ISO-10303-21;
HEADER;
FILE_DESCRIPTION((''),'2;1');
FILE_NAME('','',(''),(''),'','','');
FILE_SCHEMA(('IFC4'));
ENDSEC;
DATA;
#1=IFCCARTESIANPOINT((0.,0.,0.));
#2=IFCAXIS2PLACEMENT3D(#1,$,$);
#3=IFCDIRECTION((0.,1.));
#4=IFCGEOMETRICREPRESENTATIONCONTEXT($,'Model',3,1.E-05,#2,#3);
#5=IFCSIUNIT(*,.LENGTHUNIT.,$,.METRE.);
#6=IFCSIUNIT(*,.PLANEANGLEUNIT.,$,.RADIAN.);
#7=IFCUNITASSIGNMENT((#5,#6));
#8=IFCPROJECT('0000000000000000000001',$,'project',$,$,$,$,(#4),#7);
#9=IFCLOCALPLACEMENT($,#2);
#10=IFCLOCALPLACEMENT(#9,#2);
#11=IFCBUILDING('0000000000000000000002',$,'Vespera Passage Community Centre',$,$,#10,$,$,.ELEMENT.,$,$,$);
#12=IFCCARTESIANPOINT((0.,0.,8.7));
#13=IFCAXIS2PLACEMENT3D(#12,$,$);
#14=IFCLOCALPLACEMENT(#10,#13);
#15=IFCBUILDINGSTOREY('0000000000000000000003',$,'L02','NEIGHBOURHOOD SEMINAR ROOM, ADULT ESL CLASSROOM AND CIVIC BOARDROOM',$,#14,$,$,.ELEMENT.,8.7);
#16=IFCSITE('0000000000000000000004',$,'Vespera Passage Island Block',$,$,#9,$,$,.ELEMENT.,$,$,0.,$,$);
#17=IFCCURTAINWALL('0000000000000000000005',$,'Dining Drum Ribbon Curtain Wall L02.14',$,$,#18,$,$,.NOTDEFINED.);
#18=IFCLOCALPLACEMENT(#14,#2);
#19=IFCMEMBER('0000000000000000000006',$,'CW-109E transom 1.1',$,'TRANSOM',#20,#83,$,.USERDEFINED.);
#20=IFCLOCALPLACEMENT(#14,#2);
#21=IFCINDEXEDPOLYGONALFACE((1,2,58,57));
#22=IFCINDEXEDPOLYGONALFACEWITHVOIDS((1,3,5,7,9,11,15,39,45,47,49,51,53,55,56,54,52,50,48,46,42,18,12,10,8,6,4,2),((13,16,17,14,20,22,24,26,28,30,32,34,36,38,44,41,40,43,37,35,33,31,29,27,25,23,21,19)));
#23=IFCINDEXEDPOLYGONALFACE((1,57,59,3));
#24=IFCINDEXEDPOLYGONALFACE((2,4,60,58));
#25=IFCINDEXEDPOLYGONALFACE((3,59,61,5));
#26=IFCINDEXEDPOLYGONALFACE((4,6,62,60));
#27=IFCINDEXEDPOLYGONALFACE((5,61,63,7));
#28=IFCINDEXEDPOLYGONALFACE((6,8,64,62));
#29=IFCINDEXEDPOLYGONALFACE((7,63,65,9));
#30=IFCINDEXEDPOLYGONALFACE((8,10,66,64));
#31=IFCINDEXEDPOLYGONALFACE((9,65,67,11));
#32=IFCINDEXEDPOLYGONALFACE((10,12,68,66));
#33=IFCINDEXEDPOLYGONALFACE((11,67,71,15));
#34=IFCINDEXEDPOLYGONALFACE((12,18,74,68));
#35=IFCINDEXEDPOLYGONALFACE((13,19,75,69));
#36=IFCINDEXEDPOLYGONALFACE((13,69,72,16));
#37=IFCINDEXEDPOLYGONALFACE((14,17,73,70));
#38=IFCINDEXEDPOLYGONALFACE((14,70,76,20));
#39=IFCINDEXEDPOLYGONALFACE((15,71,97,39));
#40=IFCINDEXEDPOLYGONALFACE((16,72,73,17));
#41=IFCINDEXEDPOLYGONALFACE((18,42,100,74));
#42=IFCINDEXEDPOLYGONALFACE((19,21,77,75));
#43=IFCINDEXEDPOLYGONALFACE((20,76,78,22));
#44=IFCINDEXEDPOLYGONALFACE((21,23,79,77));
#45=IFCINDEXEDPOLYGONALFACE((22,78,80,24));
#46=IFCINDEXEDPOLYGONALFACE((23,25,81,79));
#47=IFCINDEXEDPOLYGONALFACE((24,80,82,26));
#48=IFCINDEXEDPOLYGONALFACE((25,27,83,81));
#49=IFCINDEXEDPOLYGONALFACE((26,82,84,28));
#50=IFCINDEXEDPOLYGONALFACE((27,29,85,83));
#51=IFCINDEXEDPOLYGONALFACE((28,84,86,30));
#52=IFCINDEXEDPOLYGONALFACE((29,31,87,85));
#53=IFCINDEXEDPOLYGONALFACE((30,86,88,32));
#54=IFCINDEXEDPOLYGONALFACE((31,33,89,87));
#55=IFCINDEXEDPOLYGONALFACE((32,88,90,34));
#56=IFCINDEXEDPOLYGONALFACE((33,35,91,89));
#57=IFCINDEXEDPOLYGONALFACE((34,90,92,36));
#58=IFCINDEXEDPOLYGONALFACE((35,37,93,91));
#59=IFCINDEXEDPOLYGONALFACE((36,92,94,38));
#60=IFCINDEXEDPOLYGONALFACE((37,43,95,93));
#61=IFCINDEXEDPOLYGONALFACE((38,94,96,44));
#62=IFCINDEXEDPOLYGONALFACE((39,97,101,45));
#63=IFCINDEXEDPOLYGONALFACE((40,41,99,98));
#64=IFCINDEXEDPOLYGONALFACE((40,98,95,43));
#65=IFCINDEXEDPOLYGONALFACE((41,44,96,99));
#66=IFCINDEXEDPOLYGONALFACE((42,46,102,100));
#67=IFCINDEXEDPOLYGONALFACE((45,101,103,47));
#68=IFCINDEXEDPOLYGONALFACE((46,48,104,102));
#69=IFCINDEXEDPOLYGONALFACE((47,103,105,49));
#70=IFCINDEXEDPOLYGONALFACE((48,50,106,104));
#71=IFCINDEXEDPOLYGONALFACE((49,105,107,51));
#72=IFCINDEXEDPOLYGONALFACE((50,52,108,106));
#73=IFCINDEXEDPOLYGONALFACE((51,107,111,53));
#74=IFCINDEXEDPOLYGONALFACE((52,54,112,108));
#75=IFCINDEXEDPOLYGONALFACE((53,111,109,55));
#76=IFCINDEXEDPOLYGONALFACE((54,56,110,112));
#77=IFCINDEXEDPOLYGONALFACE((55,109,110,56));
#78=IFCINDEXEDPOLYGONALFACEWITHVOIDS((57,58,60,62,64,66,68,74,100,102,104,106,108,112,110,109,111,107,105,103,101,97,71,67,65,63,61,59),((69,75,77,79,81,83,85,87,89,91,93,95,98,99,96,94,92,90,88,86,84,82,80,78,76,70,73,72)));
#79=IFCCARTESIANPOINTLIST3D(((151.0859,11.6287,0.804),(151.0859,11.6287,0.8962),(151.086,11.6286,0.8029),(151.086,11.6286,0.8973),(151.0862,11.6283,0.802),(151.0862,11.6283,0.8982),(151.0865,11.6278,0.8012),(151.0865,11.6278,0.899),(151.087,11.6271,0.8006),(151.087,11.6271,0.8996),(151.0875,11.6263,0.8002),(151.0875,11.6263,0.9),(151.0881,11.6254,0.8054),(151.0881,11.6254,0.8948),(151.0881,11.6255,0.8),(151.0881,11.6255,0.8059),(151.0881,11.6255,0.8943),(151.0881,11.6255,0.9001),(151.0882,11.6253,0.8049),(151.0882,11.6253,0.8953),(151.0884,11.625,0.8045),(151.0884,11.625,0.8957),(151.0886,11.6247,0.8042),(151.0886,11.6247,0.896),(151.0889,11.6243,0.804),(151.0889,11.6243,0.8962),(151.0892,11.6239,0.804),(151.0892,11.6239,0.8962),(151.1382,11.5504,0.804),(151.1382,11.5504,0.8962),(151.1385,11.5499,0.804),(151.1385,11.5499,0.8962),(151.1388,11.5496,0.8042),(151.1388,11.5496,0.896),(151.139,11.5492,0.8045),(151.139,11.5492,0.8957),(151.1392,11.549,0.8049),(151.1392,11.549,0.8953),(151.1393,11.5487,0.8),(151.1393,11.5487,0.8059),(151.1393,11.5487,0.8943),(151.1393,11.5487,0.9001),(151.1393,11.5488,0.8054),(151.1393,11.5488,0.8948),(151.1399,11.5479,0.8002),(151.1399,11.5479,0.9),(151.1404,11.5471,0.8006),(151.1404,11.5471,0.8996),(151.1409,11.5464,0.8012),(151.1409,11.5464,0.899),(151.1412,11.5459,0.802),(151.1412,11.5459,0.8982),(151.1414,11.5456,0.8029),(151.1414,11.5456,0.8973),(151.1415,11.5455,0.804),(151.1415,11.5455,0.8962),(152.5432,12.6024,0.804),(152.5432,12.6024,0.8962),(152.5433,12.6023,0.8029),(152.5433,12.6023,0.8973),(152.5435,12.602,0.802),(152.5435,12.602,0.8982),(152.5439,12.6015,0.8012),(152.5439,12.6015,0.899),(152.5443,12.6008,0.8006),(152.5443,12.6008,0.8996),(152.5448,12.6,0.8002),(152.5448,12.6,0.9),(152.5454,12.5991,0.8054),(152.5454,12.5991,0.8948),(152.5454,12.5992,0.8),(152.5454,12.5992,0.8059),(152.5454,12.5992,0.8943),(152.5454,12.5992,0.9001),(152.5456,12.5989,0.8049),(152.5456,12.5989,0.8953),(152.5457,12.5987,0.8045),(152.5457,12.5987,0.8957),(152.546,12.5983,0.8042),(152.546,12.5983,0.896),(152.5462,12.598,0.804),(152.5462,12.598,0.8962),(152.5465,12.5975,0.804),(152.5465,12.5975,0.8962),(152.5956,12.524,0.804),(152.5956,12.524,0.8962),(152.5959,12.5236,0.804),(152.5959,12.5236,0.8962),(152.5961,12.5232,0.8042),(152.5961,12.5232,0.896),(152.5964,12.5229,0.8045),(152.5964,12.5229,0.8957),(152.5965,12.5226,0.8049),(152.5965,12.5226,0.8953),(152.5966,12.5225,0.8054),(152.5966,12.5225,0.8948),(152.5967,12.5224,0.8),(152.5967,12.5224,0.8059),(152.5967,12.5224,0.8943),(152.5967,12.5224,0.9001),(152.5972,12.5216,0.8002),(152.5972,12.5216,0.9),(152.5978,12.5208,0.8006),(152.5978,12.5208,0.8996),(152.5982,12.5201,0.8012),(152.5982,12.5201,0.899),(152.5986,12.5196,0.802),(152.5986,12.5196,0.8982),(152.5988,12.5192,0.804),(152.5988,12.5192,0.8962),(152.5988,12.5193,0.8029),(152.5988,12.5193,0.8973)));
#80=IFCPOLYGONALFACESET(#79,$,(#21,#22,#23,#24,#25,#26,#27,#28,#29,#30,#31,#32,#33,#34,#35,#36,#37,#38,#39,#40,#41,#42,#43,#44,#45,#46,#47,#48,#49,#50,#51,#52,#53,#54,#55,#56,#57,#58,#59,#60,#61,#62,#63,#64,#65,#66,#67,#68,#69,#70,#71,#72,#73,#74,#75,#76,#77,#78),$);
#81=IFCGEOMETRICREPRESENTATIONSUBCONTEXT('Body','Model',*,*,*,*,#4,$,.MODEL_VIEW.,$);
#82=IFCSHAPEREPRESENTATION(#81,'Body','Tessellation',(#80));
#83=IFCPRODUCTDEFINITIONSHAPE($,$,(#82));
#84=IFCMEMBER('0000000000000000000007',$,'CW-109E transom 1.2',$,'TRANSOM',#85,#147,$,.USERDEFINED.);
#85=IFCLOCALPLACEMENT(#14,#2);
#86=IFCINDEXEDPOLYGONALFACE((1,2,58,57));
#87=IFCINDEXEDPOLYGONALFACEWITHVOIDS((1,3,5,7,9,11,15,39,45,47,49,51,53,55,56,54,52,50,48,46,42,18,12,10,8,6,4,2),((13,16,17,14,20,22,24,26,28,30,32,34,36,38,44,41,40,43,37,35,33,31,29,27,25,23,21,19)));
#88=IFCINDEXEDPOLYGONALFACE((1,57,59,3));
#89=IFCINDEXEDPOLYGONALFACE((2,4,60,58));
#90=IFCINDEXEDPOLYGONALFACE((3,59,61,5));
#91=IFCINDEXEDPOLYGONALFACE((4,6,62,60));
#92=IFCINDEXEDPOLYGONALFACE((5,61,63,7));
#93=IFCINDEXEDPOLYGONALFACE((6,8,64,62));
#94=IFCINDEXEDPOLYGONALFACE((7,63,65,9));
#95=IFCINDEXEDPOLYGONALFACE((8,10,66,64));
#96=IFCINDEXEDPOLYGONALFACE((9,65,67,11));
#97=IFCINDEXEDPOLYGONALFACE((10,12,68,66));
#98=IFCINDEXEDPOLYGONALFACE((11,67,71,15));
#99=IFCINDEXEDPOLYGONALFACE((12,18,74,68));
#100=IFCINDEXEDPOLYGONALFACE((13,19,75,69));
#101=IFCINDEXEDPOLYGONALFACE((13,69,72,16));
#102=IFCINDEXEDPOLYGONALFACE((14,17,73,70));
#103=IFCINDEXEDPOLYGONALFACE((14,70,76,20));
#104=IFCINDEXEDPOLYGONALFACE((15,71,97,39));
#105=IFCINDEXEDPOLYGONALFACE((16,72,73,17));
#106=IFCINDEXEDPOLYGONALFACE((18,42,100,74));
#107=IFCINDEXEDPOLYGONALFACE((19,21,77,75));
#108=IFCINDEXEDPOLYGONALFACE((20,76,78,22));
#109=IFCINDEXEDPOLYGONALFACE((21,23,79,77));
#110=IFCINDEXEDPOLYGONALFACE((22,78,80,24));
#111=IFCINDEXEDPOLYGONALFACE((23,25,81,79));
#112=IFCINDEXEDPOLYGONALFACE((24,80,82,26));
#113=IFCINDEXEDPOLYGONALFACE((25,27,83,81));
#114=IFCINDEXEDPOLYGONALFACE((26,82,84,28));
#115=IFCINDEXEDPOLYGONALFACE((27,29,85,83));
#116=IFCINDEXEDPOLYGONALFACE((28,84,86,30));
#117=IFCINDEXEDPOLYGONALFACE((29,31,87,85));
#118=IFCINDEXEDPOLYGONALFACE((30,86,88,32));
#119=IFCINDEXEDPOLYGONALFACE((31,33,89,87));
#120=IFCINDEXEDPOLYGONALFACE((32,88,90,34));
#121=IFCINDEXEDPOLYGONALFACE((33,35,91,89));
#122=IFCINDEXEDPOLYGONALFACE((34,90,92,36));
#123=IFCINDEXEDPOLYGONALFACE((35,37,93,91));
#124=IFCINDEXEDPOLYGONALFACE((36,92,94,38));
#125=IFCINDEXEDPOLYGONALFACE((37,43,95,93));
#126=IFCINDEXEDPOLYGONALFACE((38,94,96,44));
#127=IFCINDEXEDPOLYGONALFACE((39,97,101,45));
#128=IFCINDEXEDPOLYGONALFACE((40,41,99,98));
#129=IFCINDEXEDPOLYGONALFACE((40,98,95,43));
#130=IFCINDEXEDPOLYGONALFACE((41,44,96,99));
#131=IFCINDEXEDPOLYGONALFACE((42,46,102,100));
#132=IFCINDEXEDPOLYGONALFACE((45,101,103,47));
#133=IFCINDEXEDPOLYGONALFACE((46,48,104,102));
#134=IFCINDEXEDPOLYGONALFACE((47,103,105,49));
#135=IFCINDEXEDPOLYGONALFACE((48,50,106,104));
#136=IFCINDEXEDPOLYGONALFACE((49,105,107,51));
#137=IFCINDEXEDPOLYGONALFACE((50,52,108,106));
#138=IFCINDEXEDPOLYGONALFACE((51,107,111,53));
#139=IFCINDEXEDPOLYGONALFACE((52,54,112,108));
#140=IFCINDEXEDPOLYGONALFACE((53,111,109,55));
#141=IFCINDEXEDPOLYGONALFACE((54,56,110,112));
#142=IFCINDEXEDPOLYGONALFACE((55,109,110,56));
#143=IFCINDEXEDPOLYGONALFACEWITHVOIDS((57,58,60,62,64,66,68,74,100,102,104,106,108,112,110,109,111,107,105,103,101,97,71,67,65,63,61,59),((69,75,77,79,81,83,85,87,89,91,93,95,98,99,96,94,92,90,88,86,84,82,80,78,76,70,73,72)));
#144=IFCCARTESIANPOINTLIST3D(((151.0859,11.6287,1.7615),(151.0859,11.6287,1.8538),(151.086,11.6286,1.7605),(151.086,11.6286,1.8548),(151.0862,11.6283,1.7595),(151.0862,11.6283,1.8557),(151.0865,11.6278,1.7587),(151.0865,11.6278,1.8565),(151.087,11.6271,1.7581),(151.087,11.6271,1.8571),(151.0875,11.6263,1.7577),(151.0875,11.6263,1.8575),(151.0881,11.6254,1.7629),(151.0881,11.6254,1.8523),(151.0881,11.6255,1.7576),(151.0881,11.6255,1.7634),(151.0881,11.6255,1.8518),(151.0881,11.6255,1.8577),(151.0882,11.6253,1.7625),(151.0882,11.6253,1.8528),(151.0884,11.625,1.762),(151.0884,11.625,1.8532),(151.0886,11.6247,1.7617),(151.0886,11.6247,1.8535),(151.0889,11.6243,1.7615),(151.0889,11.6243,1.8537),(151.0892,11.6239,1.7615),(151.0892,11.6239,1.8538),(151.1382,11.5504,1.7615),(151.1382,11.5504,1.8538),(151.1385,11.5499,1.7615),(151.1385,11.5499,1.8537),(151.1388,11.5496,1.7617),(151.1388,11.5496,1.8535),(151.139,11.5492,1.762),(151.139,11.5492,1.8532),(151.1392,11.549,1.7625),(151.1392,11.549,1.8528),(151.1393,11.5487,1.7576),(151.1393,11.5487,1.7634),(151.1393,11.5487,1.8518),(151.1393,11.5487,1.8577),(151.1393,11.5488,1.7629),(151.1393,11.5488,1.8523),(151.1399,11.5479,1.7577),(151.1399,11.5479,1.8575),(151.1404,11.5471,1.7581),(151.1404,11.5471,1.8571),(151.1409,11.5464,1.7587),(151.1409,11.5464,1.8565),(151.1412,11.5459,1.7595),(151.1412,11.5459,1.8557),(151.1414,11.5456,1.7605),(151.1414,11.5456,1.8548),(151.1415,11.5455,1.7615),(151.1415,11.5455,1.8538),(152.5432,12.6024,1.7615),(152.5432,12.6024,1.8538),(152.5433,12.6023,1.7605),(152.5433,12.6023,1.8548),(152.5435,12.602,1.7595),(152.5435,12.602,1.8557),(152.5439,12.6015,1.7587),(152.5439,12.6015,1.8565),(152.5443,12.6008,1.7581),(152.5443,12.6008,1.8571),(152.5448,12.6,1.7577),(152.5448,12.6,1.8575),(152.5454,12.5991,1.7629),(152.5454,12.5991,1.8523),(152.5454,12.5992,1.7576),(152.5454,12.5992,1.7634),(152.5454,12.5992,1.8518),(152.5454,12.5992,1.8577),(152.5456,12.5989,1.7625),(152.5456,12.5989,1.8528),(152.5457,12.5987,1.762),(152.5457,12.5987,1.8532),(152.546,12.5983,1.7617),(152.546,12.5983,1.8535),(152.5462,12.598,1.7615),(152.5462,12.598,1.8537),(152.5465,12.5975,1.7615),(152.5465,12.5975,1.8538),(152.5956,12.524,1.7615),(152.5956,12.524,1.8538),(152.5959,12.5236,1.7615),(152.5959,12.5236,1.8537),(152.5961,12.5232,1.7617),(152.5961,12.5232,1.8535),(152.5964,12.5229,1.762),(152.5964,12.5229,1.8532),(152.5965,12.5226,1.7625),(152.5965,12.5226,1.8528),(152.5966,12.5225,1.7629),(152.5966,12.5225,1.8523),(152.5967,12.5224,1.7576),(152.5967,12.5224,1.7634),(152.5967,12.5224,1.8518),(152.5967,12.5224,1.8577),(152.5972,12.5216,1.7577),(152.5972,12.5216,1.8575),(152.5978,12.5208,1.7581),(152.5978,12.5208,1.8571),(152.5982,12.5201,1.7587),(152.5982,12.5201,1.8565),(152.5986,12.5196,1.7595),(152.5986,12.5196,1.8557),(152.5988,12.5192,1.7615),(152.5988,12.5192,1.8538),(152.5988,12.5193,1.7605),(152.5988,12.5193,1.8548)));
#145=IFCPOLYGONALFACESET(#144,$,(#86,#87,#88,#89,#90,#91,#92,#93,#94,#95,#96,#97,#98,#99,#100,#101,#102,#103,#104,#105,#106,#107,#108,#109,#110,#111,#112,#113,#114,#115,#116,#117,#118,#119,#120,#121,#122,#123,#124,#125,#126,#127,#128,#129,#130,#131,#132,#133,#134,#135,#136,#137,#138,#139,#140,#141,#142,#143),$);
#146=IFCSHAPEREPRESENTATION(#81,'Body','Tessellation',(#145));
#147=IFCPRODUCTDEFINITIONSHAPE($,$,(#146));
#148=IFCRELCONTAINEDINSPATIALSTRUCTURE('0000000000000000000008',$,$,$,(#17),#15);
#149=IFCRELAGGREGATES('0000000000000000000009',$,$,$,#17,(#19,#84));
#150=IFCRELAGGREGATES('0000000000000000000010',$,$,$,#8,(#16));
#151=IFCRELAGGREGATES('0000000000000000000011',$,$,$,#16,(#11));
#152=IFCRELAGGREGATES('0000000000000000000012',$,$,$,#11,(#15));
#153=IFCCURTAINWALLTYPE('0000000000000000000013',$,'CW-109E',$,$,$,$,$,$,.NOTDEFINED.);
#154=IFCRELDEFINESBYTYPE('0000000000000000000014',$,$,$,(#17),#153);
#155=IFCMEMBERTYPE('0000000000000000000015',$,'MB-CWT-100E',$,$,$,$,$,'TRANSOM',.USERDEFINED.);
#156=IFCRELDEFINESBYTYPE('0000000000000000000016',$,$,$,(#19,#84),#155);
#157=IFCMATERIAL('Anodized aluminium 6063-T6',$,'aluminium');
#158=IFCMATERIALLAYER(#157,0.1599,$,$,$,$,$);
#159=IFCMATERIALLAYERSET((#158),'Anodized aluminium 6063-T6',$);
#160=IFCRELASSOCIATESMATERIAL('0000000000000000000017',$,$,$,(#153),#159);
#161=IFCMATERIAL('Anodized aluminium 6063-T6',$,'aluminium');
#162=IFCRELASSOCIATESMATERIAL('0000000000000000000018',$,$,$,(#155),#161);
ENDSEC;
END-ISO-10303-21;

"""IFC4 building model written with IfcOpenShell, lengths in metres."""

from ifc_helpers import new_model, si_unit, direction, frame, origin, origin_2d, place, context, subcontext, project, spatial, hollow_rectangle, extrude, material, layer, layer_set, material_profile, profile_set, type_object, element, aggregate, save


model = new_model("IFC4")

# Units and contexts
model_context = context("Model", 3, precision=1e-05, world=origin(), true_north=direction((0.0, 1.0)))
body_context = subcontext(model_context, "Body", "Model", "MODEL_VIEW")
ifc_project = project(units=[si_unit("LENGTHUNIT", "METRE"), si_unit("PLANEANGLEUNIT", "RADIAN")], contexts=[model_context])

# Site, building, storey
site_placement = place(None, origin())
site = spatial("IfcSite", under=ifc_project, at=site_placement, Name="Vespera Passage Island Block", CompositionType="ELEMENT", RefElevation=0.0)
building_placement = place(site_placement, origin())
building = spatial("IfcBuilding", under=site, at=building_placement, Name="Vespera Passage Community Centre", CompositionType="ELEMENT")
storey_placement = place(building_placement, frame((0.0, 0.0, 8.7)))
storey = spatial("IfcBuildingStorey", under=building, at=storey_placement, Name="L02", Description="NEIGHBOURHOOD SEMINAR ROOM, ADULT ESL CLASSROOM AND CIVIC BOARDROOM", CompositionType="ELEMENT", Elevation=8.7)

# Curtain wall
ifc_material_1 = material(Name="Anodized aluminium 6063-T6", Category="aluminium")
ifc_layer_1 = layer(ifc_material_1, 0.1599)
ifc_layer_set_1 = layer_set([ifc_layer_1], Name="Anodized aluminium 6063-T6")
curtain_wall_type_1 = type_object("IfcCurtainWallType", Name="CW-109E", PredefinedType="NOTDEFINED", material=ifc_layer_set_1)
curtain_wall_1_placement = place(storey_placement, origin())
curtain_wall_1 = element("IfcCurtainWall", 1, at=curtain_wall_1_placement, inside=storey, type_object=curtain_wall_type_1, Name="Dining Drum Ribbon Curtain Wall L02.14", PredefinedType="NOTDEFINED")

# Members
ifc_material_2 = material(Name="Anodized aluminium 6063-T6", Category="aluminium")
ifc_material_profile_1 = material_profile(ifc_material_2, hollow_rectangle(XDim=0.1001, YDim=0.1001, WallThickness=0.0039, InnerFilletRadius=0.002, OuterFilletRadius=0.0039, at=origin_2d()), Name="ALU100X100X4")
ifc_profile_set_1 = profile_set([ifc_material_profile_1], Name="Anodized aluminium 6063-T6")
member_type_1 = type_object("IfcMemberType", Name="MB-CWT-100E", ElementType="TRANSOM", PredefinedType="USERDEFINED", material=ifc_profile_set_1)
member_1_placement = place(storey_placement, frame((152.571, 12.5608, 0.8501), z_axis=(-0.831493, -0.555536, 0.0), x_axis=(0.555536, -0.831493, 0.0)))
member_1 = element("IfcMember", 2, at=member_1_placement, type_object=member_type_1, Name="CW-109E transom 1.1", ObjectType="TRANSOM", PredefinedType="USERDEFINED", context=body_context, shape_type="SweptSolid", body=[
    extrude(hollow_rectangle(XDim=0.1001, YDim=0.1001, WallThickness=0.0039, InnerFilletRadius=0.002, OuterFilletRadius=0.0039, at=origin_2d()), origin(), (0.0, 0.0, 1.0), 1.7527),
])
member_2_placement = place(storey_placement, frame((152.571, 12.5608, 1.8076), z_axis=(-0.831493, -0.555536, 0.0), x_axis=(0.555536, -0.831493, 0.0)))
member_2 = element("IfcMember", 3, at=member_2_placement, type_object=member_type_1, Name="CW-109E transom 1.2", ObjectType="TRANSOM", PredefinedType="USERDEFINED", context=body_context, shape_type="SweptSolid", body=[
    extrude(hollow_rectangle(XDim=0.1001, YDim=0.1001, WallThickness=0.0039, InnerFilletRadius=0.002, OuterFilletRadius=0.0039, at=origin_2d()), origin(), (0.0, 0.0, 1.0), 1.7527),
])

aggregate(curtain_wall_1, [member_1, member_2])

save(model, "model.ifc")
